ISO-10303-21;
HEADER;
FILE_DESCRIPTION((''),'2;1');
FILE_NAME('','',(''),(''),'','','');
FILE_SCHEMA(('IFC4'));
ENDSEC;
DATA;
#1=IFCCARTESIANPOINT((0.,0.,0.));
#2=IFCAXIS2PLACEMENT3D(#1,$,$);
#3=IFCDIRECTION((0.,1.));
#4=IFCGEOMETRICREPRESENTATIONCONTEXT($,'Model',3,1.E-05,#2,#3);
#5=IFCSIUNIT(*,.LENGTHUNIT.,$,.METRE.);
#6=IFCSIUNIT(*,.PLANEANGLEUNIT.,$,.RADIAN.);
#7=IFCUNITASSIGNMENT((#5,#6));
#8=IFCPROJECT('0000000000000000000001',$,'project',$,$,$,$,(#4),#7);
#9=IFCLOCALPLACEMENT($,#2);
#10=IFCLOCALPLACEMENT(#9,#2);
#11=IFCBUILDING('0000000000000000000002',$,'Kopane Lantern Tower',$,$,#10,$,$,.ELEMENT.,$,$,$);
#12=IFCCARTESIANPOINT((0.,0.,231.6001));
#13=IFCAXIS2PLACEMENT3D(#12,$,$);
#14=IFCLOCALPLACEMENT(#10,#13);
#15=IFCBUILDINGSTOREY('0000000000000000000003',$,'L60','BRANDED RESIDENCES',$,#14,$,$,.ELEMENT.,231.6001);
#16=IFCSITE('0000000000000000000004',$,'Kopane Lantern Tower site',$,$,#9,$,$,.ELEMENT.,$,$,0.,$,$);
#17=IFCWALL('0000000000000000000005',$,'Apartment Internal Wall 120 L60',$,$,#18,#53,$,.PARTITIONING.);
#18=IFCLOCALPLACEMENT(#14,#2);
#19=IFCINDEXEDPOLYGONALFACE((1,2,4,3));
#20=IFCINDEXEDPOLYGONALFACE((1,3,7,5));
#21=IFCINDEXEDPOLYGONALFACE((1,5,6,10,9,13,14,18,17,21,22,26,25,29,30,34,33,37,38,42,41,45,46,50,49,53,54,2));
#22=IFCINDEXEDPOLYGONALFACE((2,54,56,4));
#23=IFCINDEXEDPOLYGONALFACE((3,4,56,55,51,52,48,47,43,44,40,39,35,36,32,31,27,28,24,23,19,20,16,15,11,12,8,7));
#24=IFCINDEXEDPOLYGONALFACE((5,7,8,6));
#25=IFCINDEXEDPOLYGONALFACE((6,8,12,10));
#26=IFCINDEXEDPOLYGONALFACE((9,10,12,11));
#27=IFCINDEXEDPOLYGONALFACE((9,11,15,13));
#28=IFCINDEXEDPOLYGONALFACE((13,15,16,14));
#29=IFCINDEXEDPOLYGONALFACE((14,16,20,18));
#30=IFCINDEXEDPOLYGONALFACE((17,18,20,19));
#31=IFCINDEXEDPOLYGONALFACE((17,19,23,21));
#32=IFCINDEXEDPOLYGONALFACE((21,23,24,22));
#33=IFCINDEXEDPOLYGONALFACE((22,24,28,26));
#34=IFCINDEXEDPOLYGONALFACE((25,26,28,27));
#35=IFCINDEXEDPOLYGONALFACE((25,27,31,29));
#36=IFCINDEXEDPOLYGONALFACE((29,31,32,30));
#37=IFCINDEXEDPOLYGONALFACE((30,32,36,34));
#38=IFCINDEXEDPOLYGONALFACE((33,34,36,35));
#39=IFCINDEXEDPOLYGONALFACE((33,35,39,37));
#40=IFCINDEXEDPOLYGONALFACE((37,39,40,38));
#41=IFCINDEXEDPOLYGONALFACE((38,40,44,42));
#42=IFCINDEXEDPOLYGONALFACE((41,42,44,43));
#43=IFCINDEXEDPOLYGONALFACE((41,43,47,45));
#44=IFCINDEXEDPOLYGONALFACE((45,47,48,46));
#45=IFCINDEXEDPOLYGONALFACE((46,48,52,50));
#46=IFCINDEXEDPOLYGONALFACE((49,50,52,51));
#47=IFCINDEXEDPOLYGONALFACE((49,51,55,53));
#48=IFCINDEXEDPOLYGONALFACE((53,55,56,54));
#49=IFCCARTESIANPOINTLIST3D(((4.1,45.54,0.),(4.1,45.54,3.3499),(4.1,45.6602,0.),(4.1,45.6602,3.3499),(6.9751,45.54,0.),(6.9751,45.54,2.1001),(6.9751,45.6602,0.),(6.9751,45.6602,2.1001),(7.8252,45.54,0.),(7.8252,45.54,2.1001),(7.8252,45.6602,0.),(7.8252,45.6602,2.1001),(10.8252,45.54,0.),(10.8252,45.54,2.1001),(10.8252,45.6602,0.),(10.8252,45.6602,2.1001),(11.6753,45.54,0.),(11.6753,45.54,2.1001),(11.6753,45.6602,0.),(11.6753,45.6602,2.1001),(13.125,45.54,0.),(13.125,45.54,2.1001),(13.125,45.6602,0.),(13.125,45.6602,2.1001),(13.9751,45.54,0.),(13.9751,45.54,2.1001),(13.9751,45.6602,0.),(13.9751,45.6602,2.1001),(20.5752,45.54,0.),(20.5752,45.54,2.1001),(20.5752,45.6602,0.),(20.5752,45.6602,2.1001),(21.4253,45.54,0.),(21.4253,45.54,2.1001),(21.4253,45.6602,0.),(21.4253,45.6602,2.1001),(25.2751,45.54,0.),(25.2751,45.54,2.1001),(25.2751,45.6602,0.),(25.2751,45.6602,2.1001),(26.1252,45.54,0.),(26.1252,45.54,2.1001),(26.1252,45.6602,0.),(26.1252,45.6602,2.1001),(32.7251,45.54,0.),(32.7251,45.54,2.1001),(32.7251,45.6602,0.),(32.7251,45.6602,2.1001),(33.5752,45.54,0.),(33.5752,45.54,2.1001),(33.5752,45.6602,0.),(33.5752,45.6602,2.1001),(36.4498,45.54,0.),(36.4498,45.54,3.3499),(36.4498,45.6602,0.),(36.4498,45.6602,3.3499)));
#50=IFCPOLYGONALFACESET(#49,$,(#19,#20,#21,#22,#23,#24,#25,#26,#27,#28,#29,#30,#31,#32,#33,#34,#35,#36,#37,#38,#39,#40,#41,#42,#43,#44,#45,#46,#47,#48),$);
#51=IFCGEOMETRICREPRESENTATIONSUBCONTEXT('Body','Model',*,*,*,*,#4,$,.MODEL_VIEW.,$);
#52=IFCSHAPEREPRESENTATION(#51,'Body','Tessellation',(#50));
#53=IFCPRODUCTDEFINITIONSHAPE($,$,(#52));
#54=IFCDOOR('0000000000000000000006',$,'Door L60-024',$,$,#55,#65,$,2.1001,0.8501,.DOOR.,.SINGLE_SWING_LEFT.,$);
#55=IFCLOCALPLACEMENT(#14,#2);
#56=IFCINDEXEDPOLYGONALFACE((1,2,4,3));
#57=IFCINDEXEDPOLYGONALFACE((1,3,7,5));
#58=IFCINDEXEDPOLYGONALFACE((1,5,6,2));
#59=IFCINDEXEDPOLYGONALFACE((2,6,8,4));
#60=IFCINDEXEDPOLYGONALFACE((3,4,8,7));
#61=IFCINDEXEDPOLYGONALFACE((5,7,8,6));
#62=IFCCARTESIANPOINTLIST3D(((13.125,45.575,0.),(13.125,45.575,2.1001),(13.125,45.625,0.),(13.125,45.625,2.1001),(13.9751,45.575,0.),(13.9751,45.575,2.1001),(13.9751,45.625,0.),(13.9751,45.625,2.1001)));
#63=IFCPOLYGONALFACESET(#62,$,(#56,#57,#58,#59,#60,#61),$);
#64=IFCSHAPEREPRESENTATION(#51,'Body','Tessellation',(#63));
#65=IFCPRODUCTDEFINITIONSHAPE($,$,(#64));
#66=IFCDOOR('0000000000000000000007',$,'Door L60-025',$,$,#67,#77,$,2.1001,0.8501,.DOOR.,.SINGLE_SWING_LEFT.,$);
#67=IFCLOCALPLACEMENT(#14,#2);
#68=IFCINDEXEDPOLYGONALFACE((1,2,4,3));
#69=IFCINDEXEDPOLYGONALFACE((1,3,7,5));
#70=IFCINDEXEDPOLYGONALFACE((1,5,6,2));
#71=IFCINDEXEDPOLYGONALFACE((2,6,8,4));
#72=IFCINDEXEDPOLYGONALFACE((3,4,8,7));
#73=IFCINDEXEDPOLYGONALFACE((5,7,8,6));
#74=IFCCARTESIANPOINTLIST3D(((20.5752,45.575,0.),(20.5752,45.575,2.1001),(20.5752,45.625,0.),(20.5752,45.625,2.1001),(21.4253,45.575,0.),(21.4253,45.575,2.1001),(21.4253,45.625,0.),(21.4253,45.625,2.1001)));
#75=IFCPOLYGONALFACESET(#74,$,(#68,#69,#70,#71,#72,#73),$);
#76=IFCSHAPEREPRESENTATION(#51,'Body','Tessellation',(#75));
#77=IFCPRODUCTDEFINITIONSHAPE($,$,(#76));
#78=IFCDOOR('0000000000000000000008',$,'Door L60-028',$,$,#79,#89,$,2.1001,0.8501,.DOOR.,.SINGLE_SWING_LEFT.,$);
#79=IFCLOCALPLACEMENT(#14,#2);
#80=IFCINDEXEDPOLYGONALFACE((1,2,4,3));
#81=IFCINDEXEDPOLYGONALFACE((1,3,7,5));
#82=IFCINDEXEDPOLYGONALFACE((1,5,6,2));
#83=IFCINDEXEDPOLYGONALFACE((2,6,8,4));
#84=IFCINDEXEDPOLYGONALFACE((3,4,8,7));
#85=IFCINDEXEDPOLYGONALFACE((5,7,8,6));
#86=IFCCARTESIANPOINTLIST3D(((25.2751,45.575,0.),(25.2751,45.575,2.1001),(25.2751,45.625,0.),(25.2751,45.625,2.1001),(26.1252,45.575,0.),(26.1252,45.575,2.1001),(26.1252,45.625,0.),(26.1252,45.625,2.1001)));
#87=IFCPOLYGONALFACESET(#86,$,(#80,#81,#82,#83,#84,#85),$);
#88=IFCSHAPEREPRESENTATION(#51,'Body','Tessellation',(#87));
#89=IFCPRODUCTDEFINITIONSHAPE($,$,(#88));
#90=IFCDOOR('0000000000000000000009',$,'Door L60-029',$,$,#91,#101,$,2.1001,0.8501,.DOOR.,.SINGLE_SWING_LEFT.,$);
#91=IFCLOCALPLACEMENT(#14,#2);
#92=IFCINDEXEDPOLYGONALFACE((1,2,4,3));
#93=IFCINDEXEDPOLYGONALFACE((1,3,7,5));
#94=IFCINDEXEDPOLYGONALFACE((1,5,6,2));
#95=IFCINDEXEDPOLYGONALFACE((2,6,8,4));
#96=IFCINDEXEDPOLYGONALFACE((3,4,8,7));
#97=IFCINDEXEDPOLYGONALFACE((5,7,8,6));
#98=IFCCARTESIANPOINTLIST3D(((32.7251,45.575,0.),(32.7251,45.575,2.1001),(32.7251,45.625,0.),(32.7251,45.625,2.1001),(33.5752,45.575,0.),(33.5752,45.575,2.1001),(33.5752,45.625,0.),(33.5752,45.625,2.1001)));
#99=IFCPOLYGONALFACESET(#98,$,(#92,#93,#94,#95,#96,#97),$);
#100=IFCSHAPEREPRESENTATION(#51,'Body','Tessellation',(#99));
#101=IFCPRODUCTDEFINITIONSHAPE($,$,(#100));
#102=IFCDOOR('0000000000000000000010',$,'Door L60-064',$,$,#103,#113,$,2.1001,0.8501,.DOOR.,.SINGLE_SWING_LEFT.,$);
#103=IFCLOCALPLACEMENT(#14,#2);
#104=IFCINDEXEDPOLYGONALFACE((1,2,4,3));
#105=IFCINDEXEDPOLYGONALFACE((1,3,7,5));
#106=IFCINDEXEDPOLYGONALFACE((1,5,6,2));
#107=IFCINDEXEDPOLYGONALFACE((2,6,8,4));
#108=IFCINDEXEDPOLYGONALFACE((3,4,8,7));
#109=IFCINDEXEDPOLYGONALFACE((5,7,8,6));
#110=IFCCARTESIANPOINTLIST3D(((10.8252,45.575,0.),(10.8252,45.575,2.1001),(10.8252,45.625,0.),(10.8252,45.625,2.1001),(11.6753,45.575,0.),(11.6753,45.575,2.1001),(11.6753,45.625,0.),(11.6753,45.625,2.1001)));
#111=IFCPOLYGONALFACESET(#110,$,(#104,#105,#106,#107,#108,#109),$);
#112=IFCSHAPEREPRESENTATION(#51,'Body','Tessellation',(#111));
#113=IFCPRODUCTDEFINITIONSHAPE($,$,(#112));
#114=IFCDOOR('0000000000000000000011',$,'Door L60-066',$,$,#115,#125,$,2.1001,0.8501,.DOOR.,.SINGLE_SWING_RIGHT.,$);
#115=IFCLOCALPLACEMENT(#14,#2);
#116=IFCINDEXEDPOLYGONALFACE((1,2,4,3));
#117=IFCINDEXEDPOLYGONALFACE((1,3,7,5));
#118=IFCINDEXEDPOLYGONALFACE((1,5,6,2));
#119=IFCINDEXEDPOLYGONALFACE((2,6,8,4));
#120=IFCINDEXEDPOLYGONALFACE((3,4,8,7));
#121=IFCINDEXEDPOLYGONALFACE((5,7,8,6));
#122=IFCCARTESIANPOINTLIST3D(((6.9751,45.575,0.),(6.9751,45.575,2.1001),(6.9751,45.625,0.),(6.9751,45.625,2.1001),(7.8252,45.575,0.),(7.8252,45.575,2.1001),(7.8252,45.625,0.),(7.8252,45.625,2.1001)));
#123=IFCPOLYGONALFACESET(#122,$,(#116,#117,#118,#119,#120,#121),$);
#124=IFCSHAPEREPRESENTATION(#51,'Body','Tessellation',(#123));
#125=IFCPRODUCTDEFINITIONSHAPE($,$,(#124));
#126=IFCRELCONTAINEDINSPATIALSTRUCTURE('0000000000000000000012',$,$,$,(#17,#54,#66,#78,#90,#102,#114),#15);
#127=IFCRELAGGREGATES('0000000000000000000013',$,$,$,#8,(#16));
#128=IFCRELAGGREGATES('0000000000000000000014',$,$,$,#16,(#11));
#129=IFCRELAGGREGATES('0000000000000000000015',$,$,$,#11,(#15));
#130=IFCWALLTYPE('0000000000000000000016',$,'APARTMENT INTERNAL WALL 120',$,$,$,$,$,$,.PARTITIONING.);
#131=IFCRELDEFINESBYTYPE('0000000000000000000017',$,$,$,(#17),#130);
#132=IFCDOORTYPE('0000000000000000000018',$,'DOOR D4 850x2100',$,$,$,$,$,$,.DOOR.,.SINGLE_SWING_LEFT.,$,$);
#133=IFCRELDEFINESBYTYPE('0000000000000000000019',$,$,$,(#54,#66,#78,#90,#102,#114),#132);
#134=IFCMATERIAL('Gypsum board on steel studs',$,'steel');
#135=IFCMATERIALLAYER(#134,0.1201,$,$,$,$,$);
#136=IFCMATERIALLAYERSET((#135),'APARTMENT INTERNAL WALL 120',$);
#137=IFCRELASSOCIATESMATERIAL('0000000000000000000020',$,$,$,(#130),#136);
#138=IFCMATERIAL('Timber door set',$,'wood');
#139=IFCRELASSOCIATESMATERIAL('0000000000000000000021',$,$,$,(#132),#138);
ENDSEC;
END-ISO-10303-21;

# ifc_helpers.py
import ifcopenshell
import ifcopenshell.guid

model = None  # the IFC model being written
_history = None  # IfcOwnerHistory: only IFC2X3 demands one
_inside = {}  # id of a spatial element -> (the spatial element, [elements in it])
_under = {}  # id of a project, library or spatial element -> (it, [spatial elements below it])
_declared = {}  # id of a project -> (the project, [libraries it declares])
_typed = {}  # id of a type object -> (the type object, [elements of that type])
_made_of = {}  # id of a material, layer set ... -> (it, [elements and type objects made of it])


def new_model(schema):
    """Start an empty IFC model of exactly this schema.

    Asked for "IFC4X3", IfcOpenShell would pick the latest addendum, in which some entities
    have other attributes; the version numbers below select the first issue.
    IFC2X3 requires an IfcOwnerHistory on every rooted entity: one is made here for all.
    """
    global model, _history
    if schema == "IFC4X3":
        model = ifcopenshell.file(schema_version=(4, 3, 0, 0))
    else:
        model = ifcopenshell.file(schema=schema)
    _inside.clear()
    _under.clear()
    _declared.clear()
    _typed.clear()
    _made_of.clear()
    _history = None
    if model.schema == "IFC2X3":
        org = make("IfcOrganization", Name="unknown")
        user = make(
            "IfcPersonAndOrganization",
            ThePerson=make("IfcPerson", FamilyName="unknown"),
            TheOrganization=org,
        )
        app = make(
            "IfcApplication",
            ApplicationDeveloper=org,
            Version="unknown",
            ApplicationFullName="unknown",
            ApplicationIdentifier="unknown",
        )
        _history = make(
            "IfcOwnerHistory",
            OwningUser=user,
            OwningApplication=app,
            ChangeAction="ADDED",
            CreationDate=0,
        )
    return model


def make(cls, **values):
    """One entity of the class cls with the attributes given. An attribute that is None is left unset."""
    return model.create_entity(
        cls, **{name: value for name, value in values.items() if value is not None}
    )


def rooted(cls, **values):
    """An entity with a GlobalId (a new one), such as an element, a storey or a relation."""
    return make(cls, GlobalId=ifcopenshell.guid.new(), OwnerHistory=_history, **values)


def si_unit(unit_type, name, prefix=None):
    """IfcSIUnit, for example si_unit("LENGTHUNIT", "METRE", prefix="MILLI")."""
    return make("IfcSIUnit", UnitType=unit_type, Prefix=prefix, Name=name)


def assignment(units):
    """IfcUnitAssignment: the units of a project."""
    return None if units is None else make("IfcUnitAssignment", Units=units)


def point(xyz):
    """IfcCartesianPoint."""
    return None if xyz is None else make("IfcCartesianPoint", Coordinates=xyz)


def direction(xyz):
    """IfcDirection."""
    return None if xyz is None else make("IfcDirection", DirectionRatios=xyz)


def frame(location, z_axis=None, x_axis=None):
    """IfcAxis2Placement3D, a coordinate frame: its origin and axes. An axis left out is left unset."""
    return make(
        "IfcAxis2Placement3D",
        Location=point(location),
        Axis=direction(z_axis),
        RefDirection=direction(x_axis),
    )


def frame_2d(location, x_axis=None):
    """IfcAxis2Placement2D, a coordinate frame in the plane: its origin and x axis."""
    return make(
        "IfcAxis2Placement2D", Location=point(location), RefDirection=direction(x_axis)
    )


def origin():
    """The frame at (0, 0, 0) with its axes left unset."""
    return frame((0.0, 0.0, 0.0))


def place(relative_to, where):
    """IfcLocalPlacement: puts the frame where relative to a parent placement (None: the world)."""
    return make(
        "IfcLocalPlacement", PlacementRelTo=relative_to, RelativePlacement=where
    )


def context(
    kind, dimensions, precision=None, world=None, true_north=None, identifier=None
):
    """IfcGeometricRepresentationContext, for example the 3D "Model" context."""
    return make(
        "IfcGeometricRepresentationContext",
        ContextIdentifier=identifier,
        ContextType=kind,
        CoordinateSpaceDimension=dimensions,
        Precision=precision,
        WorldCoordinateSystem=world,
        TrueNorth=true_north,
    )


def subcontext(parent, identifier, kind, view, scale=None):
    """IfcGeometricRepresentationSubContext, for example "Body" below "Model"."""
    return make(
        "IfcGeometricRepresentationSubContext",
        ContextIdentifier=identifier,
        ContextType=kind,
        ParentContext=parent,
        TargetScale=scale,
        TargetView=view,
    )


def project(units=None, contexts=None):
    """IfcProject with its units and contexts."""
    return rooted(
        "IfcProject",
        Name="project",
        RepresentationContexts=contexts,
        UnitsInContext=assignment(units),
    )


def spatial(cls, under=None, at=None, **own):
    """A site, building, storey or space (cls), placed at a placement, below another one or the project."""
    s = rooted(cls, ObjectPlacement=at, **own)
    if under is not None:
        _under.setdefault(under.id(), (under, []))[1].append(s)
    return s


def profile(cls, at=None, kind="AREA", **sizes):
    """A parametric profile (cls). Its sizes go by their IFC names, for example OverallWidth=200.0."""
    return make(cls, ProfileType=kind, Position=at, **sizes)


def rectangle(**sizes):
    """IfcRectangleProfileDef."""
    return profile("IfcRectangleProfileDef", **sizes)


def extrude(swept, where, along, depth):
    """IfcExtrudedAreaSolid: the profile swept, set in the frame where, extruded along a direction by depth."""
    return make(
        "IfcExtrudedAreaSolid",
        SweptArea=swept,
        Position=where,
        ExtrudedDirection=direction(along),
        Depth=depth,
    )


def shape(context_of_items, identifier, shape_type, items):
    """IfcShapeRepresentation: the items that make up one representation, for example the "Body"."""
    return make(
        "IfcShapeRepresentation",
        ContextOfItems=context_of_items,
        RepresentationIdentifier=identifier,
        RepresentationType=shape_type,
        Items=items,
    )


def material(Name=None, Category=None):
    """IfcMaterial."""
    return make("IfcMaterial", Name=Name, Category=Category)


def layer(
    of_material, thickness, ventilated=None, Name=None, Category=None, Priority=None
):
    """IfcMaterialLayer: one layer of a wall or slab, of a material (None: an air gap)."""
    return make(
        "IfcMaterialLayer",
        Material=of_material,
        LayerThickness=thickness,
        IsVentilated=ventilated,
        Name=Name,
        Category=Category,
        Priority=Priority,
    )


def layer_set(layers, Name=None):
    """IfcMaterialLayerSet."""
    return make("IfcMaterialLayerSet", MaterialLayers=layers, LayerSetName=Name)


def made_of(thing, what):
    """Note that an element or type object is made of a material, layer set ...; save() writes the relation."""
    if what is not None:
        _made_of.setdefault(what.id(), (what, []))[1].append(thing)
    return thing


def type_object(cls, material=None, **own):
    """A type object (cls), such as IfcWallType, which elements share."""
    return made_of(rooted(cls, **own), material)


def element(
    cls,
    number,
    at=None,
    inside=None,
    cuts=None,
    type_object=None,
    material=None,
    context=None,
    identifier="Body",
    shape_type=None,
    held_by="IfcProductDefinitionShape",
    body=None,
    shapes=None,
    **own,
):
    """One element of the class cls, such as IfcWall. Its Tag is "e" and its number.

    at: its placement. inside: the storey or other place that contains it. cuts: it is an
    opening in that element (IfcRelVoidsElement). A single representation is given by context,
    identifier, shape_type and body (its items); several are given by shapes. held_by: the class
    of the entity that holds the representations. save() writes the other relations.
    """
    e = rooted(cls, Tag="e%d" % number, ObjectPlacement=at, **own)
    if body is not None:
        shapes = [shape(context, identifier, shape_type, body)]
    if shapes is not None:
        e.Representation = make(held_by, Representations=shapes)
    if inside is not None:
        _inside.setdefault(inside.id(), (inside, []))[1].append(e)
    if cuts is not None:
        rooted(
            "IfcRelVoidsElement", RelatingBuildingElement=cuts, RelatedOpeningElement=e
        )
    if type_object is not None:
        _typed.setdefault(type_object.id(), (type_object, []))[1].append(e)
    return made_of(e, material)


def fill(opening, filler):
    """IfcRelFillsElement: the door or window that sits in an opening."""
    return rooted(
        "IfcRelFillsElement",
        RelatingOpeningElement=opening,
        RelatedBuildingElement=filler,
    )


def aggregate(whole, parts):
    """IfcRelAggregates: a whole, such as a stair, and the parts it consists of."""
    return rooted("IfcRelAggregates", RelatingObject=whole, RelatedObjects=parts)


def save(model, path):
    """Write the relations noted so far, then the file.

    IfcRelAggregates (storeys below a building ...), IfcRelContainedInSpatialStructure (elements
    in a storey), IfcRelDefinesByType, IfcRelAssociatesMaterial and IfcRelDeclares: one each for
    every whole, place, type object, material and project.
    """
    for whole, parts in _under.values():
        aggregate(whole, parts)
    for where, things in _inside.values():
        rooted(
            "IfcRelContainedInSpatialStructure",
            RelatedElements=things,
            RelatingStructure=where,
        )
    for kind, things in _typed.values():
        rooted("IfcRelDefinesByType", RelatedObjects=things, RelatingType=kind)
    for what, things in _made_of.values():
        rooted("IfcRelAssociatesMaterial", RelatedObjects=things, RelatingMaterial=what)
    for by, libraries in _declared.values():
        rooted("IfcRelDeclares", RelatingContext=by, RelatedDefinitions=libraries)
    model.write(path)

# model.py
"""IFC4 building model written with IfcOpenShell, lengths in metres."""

from ifc_helpers import new_model, si_unit, direction, frame, frame_2d, origin, place, context, subcontext, project, spatial, rectangle, extrude, material, layer, layer_set, type_object, element, fill, save


model = new_model("IFC4")

# Units and contexts
model_context = context("Model", 3, precision=1e-05, world=origin(), true_north=direction((0.0, 1.0)))
body_context = subcontext(model_context, "Body", "Model", "MODEL_VIEW")
ifc_project = project(units=[si_unit("LENGTHUNIT", "METRE"), si_unit("PLANEANGLEUNIT", "RADIAN")], contexts=[model_context])

# Site, building, storey
site_placement = place(None, origin())
site = spatial("IfcSite", under=ifc_project, at=site_placement, Name="Kopane Lantern Tower site", CompositionType="ELEMENT", RefElevation=0.0)
building_placement = place(site_placement, origin())
building = spatial("IfcBuilding", under=site, at=building_placement, Name="Kopane Lantern Tower", CompositionType="ELEMENT")
storey_placement = place(building_placement, frame((0.0, 0.0, 231.6001)))
storey = spatial("IfcBuildingStorey", under=building, at=storey_placement, Name="L60", Description="BRANDED RESIDENCES", CompositionType="ELEMENT", Elevation=231.6001)

# Wall, openings, doors
ifc_material_1 = material(Name="Gypsum board on steel studs", Category="steel")
ifc_layer_1 = layer(ifc_material_1, 0.1201)
ifc_layer_set_1 = layer_set([ifc_layer_1], Name="APARTMENT INTERNAL WALL 120")
wall_type_1 = type_object("IfcWallType", Name="APARTMENT INTERNAL WALL 120", PredefinedType="PARTITIONING", material=ifc_layer_set_1)
wall_1_placement = place(storey_placement, frame((4.1001, 45.6001, 0.0), z_axis=(0.0, 0.0, 1.0), x_axis=(1.0, 0.0, 0.0)))
wall_1 = element("IfcWall", 1, at=wall_1_placement, inside=storey, type_object=wall_type_1, Name="Apartment Internal Wall 120 L60", PredefinedType="PARTITIONING", context=body_context, shape_type="SweptSolid", body=[
    extrude(rectangle(XDim=32.3499, YDim=0.1201, at=frame_2d((16.1748, 0.0))), origin(), (0.0, 0.0, 1.0), 3.3499),
])
opening_1_placement = place(wall_1_placement, frame((9.0249, 0.0, 0.0)))
opening_1 = element("IfcOpeningElement", 2, at=opening_1_placement, cuts=wall_1, PredefinedType="OPENING", context=body_context, shape_type="SweptSolid", body=[
    extrude(rectangle(XDim=0.8501, YDim=2.1001, at=frame_2d((0.425, 1.05))), frame((0.0, 0.0701, 0.0), z_axis=(0.0, -1.0, 0.0), x_axis=(1.0, 0.0, 0.0)), (0.0, 0.0, 1.0), 0.1401),
])
opening_2_placement = place(wall_1_placement, frame((16.4751, 0.0, 0.0)))
opening_2 = element("IfcOpeningElement", 3, at=opening_2_placement, cuts=wall_1, PredefinedType="OPENING", context=body_context, shape_type="SweptSolid", body=[
    extrude(rectangle(XDim=0.8501, YDim=2.1001, at=frame_2d((0.425, 1.05))), frame((0.0, 0.0701, 0.0), z_axis=(0.0, -1.0, 0.0), x_axis=(1.0, 0.0, 0.0)), (0.0, 0.0, 1.0), 0.1401),
])
opening_3_placement = place(wall_1_placement, frame((21.175, 0.0, 0.0)))
opening_3 = element("IfcOpeningElement", 4, at=opening_3_placement, cuts=wall_1, PredefinedType="OPENING", context=body_context, shape_type="SweptSolid", body=[
    extrude(rectangle(XDim=0.8501, YDim=2.1001, at=frame_2d((0.425, 1.05))), frame((0.0, 0.0701, 0.0), z_axis=(0.0, -1.0, 0.0), x_axis=(1.0, 0.0, 0.0)), (0.0, 0.0, 1.0), 0.1401),
])
opening_4_placement = place(wall_1_placement, frame((28.625, 0.0, 0.0)))
opening_4 = element("IfcOpeningElement", 5, at=opening_4_placement, cuts=wall_1, PredefinedType="OPENING", context=body_context, shape_type="SweptSolid", body=[
    extrude(rectangle(XDim=0.8501, YDim=2.1001, at=frame_2d((0.425, 1.05))), frame((0.0, 0.0701, 0.0), z_axis=(0.0, -1.0, 0.0), x_axis=(1.0, 0.0, 0.0)), (0.0, 0.0, 1.0), 0.1401),
])
opening_5_placement = place(wall_1_placement, frame((6.7251, 0.0, 0.0)))
opening_5 = element("IfcOpeningElement", 6, at=opening_5_placement, cuts=wall_1, PredefinedType="OPENING", context=body_context, shape_type="SweptSolid", body=[
    extrude(rectangle(XDim=0.8501, YDim=2.1001, at=frame_2d((0.425, 1.05))), frame((0.0, 0.0701, 0.0), z_axis=(0.0, -1.0, 0.0), x_axis=(1.0, 0.0, 0.0)), (0.0, 0.0, 1.0), 0.1401),
])
opening_6_placement = place(wall_1_placement, frame((2.875, 0.0, 0.0)))
opening_6 = element("IfcOpeningElement", 7, at=opening_6_placement, cuts=wall_1, PredefinedType="OPENING", context=body_context, shape_type="SweptSolid", body=[
    extrude(rectangle(XDim=0.8501, YDim=2.1001, at=frame_2d((0.425, 1.05))), frame((0.0, 0.0701, 0.0), z_axis=(0.0, -1.0, 0.0), x_axis=(1.0, 0.0, 0.0)), (0.0, 0.0, 1.0), 0.1401),
])
ifc_material_2 = material(Name="Timber door set", Category="wood")
door_type = type_object("IfcDoorType", Name="DOOR D4 850x2100", OperationType="SINGLE_SWING_LEFT", PredefinedType="DOOR", material=ifc_material_2)
door_1_placement = place(opening_1_placement, origin())
door_1 = element("IfcDoor", 8, at=door_1_placement, inside=storey, type_object=door_type, Name="Door L60-024", OperationType="SINGLE_SWING_LEFT", OverallHeight=2.1001, OverallWidth=0.8501, PredefinedType="DOOR", context=body_context, shape_type="SweptSolid", body=[
    extrude(rectangle(XDim=0.8501, YDim=2.1001, at=frame_2d((0.425, 1.05))), frame((0.0, 0.0249, 0.0), z_axis=(0.0, -1.0, 0.0), x_axis=(1.0, 0.0, 0.0)), (0.0, 0.0, 1.0), 0.05),
])
fill(opening_1, door_1)
door_2_placement = place(opening_2_placement, origin())
door_2 = element("IfcDoor", 9, at=door_2_placement, inside=storey, type_object=door_type, Name="Door L60-025", OperationType="SINGLE_SWING_LEFT", OverallHeight=2.1001, OverallWidth=0.8501, PredefinedType="DOOR", context=body_context, shape_type="SweptSolid", body=[
    extrude(rectangle(XDim=0.8501, YDim=2.1001, at=frame_2d((0.425, 1.05))), frame((0.0, 0.0249, 0.0), z_axis=(0.0, -1.0, 0.0), x_axis=(1.0, 0.0, 0.0)), (0.0, 0.0, 1.0), 0.05),
])
fill(opening_2, door_2)
door_3_placement = place(opening_3_placement, origin())
door_3 = element("IfcDoor", 10, at=door_3_placement, inside=storey, type_object=door_type, Name="Door L60-028", OperationType="SINGLE_SWING_LEFT", OverallHeight=2.1001, OverallWidth=0.8501, PredefinedType="DOOR", context=body_context, shape_type="SweptSolid", body=[
    extrude(rectangle(XDim=0.8501, YDim=2.1001, at=frame_2d((0.425, 1.05))), frame((0.0, 0.0249, 0.0), z_axis=(0.0, -1.0, 0.0), x_axis=(1.0, 0.0, 0.0)), (0.0, 0.0, 1.0), 0.05),
])
fill(opening_3, door_3)
door_4_placement = place(opening_4_placement, origin())
door_4 = element("IfcDoor", 11, at=door_4_placement, inside=storey, type_object=door_type, Name="Door L60-029", OperationType="SINGLE_SWING_LEFT", OverallHeight=2.1001, OverallWidth=0.8501, PredefinedType="DOOR", context=body_context, shape_type="SweptSolid", body=[
    extrude(rectangle(XDim=0.8501, YDim=2.1001, at=frame_2d((0.425, 1.05))), frame((0.0, 0.0249, 0.0), z_axis=(0.0, -1.0, 0.0), x_axis=(1.0, 0.0, 0.0)), (0.0, 0.0, 1.0), 0.05),
])
fill(opening_4, door_4)
door_5_placement = place(opening_5_placement, origin())
door_5 = element("IfcDoor", 12, at=door_5_placement, inside=storey, type_object=door_type, Name="Door L60-064", OperationType="SINGLE_SWING_LEFT", OverallHeight=2.1001, OverallWidth=0.8501, PredefinedType="DOOR", context=body_context, shape_type="SweptSolid", body=[
    extrude(rectangle(XDim=0.8501, YDim=2.1001, at=frame_2d((0.425, 1.05))), frame((0.0, 0.0249, 0.0), z_axis=(0.0, -1.0, 0.0), x_axis=(1.0, 0.0, 0.0)), (0.0, 0.0, 1.0), 0.05),
])
fill(opening_5, door_5)
door_6_placement = place(opening_6_placement, origin())
door_6 = element("IfcDoor", 13, at=door_6_placement, inside=storey, type_object=door_type, Name="Door L60-066", OperationType="SINGLE_SWING_RIGHT", OverallHeight=2.1001, OverallWidth=0.8501, PredefinedType="DOOR", context=body_context, shape_type="SweptSolid", body=[
    extrude(rectangle(XDim=0.8501, YDim=2.1001, at=frame_2d((0.425, 1.05))), frame((0.0, 0.0249, 0.0), z_axis=(0.0, -1.0, 0.0), x_axis=(1.0, 0.0, 0.0)), (0.0, 0.0, 1.0), 0.05),
])
fill(opening_6, door_6)

save(model, "model.ifc")
